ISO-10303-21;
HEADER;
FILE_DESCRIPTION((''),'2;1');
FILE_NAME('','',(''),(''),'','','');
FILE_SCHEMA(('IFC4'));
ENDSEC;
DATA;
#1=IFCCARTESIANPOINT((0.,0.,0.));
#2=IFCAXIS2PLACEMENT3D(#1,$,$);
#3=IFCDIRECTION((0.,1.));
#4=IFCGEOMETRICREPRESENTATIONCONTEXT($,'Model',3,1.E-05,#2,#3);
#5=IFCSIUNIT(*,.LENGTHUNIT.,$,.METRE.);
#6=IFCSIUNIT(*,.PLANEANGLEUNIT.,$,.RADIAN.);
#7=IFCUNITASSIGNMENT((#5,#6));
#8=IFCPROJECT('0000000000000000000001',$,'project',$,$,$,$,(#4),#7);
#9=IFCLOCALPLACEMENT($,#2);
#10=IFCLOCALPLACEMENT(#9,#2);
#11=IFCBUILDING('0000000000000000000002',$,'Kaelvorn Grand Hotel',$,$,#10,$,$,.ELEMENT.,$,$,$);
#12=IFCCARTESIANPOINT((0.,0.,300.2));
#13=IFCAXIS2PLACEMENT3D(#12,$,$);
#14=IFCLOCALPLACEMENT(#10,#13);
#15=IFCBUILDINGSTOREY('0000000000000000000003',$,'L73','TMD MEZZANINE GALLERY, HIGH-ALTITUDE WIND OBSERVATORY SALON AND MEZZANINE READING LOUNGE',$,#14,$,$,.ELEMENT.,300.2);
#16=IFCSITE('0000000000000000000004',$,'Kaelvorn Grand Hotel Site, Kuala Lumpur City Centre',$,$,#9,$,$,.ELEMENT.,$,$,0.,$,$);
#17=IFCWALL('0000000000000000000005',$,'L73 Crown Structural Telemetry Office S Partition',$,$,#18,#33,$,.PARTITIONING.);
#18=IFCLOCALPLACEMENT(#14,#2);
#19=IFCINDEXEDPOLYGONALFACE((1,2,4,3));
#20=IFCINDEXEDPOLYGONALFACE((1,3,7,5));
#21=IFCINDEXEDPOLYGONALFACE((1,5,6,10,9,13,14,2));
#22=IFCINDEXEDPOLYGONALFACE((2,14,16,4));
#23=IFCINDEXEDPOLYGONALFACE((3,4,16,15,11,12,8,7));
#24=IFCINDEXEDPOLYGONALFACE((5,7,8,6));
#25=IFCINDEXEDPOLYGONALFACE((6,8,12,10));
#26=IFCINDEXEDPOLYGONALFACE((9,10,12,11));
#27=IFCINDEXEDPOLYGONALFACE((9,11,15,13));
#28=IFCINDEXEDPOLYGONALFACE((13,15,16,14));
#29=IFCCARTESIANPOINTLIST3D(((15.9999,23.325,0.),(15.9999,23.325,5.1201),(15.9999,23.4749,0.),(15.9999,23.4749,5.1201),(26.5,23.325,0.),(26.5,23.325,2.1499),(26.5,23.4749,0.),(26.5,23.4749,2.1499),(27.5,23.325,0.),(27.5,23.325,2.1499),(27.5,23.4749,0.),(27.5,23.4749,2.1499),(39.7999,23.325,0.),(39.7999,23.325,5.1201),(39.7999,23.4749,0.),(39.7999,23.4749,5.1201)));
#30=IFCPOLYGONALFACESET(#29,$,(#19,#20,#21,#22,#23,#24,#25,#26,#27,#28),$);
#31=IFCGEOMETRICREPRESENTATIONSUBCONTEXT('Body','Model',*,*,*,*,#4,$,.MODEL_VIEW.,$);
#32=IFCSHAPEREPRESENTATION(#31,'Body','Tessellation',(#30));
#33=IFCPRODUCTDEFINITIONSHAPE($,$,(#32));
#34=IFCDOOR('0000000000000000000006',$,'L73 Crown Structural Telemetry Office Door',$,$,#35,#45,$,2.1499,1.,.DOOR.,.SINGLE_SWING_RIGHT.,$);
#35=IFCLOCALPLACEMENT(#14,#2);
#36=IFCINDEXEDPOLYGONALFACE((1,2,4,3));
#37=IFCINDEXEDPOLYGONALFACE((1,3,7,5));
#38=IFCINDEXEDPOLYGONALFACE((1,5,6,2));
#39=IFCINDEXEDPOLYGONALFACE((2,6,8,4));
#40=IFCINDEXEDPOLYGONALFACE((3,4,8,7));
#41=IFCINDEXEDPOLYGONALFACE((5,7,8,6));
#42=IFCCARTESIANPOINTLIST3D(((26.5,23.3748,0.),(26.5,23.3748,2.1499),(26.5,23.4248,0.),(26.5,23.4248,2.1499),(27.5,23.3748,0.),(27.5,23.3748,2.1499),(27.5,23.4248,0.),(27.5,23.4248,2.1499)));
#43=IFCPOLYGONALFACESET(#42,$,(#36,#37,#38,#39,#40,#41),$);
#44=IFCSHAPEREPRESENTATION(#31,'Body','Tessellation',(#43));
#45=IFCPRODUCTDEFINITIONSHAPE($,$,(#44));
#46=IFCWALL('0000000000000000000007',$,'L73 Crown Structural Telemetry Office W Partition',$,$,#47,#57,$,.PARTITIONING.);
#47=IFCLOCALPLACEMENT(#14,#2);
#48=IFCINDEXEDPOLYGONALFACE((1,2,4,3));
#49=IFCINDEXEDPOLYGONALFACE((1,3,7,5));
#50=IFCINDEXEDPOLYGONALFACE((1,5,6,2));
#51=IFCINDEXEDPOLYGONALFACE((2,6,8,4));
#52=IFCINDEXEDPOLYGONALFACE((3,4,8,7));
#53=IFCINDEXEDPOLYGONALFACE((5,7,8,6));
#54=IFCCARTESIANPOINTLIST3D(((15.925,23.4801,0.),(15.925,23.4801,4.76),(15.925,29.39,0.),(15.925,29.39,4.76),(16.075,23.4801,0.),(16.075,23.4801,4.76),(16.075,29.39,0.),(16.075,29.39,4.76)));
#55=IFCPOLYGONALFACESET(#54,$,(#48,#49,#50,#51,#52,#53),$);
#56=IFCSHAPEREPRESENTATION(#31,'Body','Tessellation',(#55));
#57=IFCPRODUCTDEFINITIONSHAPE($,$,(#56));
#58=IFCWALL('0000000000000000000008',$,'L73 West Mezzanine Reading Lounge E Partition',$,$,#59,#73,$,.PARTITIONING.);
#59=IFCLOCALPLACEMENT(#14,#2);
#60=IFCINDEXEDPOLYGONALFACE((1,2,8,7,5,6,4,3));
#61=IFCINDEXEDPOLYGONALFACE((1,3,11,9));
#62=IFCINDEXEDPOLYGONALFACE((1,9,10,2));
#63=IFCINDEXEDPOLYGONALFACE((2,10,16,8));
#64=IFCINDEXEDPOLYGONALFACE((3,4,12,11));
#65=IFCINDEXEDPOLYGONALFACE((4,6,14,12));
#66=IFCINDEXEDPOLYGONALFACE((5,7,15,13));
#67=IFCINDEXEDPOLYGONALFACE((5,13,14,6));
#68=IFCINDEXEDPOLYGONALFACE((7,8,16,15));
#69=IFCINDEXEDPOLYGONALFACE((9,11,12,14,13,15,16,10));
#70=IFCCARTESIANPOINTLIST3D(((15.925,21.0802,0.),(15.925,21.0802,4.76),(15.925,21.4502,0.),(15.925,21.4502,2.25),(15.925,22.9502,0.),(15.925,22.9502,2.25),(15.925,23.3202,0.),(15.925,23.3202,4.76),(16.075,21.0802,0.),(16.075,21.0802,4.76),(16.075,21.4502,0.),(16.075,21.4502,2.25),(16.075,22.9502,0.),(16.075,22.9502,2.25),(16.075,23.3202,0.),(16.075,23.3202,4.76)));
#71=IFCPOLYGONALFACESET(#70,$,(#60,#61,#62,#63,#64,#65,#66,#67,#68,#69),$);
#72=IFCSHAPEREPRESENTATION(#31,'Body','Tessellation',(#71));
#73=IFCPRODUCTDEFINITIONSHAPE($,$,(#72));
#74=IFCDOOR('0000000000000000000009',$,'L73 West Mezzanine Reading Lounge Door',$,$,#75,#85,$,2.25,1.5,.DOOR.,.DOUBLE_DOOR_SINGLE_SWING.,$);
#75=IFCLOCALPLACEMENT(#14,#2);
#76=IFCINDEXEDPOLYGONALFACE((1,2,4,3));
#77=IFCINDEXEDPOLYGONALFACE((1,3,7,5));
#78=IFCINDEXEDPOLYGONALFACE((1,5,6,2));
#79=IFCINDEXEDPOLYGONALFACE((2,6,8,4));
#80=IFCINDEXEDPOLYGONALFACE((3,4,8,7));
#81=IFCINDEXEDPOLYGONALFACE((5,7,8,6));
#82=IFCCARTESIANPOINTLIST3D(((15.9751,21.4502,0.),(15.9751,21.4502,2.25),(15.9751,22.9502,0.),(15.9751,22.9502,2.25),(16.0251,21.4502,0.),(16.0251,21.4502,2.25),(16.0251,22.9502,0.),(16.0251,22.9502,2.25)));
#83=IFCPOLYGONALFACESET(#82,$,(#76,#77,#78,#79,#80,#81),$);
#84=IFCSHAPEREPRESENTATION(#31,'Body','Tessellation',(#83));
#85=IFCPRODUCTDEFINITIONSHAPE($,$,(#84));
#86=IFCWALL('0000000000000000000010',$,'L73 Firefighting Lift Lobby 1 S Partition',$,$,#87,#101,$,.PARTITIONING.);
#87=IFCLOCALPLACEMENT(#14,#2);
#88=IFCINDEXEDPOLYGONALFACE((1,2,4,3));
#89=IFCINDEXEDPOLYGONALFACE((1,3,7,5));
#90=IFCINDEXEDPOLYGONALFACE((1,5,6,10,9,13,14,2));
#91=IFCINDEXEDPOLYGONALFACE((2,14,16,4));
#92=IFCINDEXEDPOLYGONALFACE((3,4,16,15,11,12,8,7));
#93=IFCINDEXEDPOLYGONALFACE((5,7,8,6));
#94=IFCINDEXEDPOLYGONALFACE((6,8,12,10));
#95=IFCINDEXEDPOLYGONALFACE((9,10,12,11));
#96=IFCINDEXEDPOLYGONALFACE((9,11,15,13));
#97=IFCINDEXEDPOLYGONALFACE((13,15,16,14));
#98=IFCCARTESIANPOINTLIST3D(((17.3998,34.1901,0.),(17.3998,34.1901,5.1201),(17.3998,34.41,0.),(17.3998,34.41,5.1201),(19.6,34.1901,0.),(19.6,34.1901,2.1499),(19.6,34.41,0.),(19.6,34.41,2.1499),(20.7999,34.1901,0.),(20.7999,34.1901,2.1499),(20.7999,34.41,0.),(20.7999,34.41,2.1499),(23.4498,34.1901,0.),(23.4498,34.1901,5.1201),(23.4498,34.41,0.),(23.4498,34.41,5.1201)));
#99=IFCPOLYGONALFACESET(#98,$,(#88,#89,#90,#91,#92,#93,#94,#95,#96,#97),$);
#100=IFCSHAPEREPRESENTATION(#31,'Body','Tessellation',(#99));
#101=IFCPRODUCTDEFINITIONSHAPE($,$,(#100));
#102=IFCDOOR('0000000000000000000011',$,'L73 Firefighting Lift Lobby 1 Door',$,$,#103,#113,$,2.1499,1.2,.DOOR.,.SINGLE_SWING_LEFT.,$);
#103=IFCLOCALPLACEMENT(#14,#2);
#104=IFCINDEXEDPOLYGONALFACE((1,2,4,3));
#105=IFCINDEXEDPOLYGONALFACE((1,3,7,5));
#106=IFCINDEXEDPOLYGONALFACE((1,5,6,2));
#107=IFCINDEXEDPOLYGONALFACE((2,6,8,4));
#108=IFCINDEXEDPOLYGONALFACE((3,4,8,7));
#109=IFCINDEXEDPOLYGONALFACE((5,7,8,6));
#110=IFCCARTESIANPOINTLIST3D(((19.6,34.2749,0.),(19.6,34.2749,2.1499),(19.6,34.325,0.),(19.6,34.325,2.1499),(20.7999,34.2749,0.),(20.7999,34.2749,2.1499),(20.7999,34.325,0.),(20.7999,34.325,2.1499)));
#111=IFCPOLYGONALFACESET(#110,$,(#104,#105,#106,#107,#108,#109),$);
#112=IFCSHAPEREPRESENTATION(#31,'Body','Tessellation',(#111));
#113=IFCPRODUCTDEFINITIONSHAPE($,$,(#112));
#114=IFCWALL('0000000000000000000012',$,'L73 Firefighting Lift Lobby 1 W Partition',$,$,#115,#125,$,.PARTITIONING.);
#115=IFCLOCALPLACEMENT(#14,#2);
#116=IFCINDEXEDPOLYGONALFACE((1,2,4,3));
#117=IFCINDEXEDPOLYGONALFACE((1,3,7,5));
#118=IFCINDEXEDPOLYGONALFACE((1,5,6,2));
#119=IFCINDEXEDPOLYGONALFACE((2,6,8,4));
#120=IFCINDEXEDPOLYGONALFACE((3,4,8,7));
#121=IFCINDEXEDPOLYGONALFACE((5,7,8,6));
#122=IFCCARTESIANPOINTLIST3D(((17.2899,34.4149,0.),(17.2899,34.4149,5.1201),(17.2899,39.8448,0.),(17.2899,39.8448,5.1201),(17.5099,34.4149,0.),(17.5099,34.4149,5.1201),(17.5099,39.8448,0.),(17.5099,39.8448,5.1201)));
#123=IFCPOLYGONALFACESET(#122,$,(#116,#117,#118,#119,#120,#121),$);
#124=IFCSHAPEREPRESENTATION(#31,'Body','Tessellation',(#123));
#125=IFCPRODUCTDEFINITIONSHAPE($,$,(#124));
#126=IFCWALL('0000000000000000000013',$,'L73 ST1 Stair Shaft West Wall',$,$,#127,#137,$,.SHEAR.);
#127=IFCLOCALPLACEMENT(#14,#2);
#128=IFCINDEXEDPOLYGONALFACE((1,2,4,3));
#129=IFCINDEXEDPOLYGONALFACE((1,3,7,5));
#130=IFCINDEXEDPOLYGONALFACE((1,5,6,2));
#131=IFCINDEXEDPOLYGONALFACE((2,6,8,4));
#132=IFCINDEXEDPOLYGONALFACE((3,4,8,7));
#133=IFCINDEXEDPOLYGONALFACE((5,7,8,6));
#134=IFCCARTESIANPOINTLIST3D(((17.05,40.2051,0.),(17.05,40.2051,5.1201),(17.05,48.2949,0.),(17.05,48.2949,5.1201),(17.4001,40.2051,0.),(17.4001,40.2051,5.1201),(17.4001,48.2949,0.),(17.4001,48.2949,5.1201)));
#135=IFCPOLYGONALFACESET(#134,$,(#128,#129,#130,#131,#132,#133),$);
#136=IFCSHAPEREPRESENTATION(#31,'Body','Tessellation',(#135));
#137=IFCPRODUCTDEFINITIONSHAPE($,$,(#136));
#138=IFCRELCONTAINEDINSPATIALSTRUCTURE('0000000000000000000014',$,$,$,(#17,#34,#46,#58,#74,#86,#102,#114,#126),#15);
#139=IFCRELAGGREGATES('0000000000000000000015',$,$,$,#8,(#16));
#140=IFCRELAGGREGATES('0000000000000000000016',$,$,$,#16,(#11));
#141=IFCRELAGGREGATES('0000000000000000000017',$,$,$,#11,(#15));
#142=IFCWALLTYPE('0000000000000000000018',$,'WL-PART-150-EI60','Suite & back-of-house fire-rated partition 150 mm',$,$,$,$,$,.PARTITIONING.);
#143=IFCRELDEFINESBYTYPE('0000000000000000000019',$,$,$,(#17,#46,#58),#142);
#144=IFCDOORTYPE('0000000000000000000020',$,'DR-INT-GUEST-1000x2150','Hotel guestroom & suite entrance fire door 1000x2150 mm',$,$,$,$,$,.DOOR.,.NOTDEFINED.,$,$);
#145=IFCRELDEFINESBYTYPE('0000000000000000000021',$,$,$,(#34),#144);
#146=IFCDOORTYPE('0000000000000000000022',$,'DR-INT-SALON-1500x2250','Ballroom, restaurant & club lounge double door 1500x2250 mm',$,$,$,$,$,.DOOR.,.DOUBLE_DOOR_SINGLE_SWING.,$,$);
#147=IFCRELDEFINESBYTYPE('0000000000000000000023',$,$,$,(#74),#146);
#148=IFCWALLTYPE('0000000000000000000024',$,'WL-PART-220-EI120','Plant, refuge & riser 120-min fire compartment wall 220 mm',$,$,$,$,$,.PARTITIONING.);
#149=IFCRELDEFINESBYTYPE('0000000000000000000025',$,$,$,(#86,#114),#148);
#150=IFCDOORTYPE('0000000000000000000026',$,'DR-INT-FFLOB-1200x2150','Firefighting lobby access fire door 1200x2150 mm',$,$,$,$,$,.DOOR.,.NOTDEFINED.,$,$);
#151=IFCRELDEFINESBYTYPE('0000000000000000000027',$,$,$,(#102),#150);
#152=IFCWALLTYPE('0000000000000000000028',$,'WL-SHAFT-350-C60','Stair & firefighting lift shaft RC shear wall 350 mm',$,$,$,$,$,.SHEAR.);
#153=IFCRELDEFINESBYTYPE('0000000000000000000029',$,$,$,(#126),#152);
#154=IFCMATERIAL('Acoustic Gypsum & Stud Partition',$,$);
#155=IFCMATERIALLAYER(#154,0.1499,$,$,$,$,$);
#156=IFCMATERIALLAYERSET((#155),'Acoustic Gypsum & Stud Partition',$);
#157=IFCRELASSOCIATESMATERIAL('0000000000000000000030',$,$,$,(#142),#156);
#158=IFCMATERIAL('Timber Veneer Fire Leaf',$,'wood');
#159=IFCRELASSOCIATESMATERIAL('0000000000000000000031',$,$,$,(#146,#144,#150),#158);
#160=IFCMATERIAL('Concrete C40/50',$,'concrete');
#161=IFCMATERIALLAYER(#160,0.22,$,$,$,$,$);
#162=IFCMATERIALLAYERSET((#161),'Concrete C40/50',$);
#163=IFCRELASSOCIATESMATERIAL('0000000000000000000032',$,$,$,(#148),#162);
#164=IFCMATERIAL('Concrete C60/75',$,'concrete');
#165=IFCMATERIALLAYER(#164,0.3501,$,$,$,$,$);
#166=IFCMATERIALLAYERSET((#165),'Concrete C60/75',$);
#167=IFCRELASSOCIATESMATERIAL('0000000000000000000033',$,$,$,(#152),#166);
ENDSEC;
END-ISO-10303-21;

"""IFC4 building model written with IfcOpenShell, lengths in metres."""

from ifc_helpers import new_model, si_unit, direction, frame, frame_2d, origin, place, context, subcontext, project, spatial, rectangle, extrude, material, layer, layer_set, type_object, element, fill, save


model = new_model("IFC4")

# Units and contexts
model_context = context("Model", 3, precision=1e-05, world=origin(), true_north=direction((0.0, 1.0)))
body_context = subcontext(model_context, "Body", "Model", "MODEL_VIEW")
ifc_project = project(units=[si_unit("LENGTHUNIT", "METRE"), si_unit("PLANEANGLEUNIT", "RADIAN")], contexts=[model_context])

# Site, building, storey
site_placement = place(None, origin())
site = spatial("IfcSite", under=ifc_project, at=site_placement, Name="Kaelvorn Grand Hotel Site, Kuala Lumpur City Centre", CompositionType="ELEMENT", RefElevation=0.0)
building_placement = place(site_placement, origin())
building = spatial("IfcBuilding", under=site, at=building_placement, Name="Kaelvorn Grand Hotel", CompositionType="ELEMENT")
storey_placement = place(building_placement, frame((0.0, 0.0, 300.2)))
storey = spatial("IfcBuildingStorey", under=building, at=storey_placement, Name="L73", Description="TMD MEZZANINE GALLERY, HIGH-ALTITUDE WIND OBSERVATORY SALON AND MEZZANINE READING LOUNGE", CompositionType="ELEMENT", Elevation=300.2)

# Wall, opening, door
ifc_material_1 = material(Name="Acoustic Gypsum & Stud Partition")
ifc_layer_1 = layer(ifc_material_1, 0.1499)
ifc_layer_set_1 = layer_set([ifc_layer_1], Name="Acoustic Gypsum & Stud Partition")
wall_type_1 = type_object("IfcWallType", Name="WL-PART-150-EI60", Description="Suite & back-of-house fire-rated partition 150 mm", PredefinedType="PARTITIONING", material=ifc_layer_set_1)
ifc_material_2 = material(Name="Timber Veneer Fire Leaf", Category="wood")
door_type_1 = type_object("IfcDoorType", Name="DR-INT-SALON-1500x2250", Description="Ballroom, restaurant & club lounge double door 1500x2250 mm", OperationType="DOUBLE_DOOR_SINGLE_SWING", PredefinedType="DOOR", material=ifc_material_2)
wall_1_placement = place(storey_placement, frame((16.0, 23.3999, 0.0), z_axis=(0.0, 0.0, 1.0), x_axis=(1.0, 0.0, 0.0)))
wall_1 = element("IfcWall", 1, at=wall_1_placement, inside=storey, type_object=wall_type_1, Name="L73 Crown Structural Telemetry Office S Partition", PredefinedType="PARTITIONING", context=body_context, shape_type="SweptSolid", body=[
    extrude(rectangle(XDim=23.8, YDim=0.1499, at=frame_2d((11.8999, 0.0))), origin(), (0.0, 0.0, 1.0), 5.1201),
])
opening_1_placement = place(wall_1_placement, frame((10.5, 0.0, 0.0)))
opening_1 = element("IfcOpeningElement", 2, at=opening_1_placement, cuts=wall_1, PredefinedType="OPENING", context=body_context, shape_type="SweptSolid", body=[
    extrude(rectangle(XDim=1.0, YDim=2.1499, at=frame_2d((0.5, 1.075))), frame((0.0, 0.085, 0.0), z_axis=(0.0, -1.0, 0.0), x_axis=(1.0, 0.0, 0.0)), (0.0, 0.0, 1.0), 0.1699),
])
door_type_2 = type_object("IfcDoorType", Name="DR-INT-GUEST-1000x2150", Description="Hotel guestroom & suite entrance fire door 1000x2150 mm", OperationType="NOTDEFINED", PredefinedType="DOOR", material=ifc_material_2)
door_1_placement = place(opening_1_placement, origin())
door_1 = element("IfcDoor", 3, at=door_1_placement, inside=storey, type_object=door_type_2, Name="L73 Crown Structural Telemetry Office Door", OperationType="SINGLE_SWING_RIGHT", OverallHeight=2.1499, OverallWidth=1.0, PredefinedType="DOOR", context=body_context, shape_type="SweptSolid", body=[
    extrude(rectangle(XDim=1.0, YDim=2.1499, at=frame_2d((0.5, 1.075))), frame((0.0, 0.0249, 0.0), z_axis=(0.0, -1.0, 0.0), x_axis=(1.0, 0.0, 0.0)), (0.0, 0.0, 1.0), 0.05),
])
fill(opening_1, door_1)

# Wall
wall_2_placement = place(storey_placement, frame((16.0, 23.48, 0.0), z_axis=(0.0, 0.0, 1.0), x_axis=(0.0, 1.0, 0.0)))
element("IfcWall", 4, at=wall_2_placement, inside=storey, type_object=wall_type_1, Name="L73 Crown Structural Telemetry Office W Partition", PredefinedType="PARTITIONING", context=body_context, shape_type="SweptSolid", body=[
    extrude(rectangle(XDim=5.9099, YDim=0.1499, at=frame_2d((2.9551, 0.0))), origin(), (0.0, 0.0, 1.0), 4.76),
])

# Walls, openings, doors
wall_3_placement = place(storey_placement, frame((16.0, 21.0801, 0.0), z_axis=(0.0, 0.0, 1.0), x_axis=(0.0, 1.0, 0.0)))
wall_3 = element("IfcWall", 5, at=wall_3_placement, inside=storey, type_object=wall_type_1, Name="L73 West Mezzanine Reading Lounge E Partition", PredefinedType="PARTITIONING", context=body_context, shape_type="SweptSolid", body=[
    extrude(rectangle(XDim=2.24, YDim=0.1499, at=frame_2d((1.1201, 0.0))), origin(), (0.0, 0.0, 1.0), 4.76),
])
opening_2_placement = place(wall_3_placement, frame((0.3701, 0.0, 0.0)))
opening_2 = element("IfcOpeningElement", 6, at=opening_2_placement, cuts=wall_3, PredefinedType="OPENING", context=body_context, shape_type="SweptSolid", body=[
    extrude(rectangle(XDim=1.5, YDim=2.25, at=frame_2d((0.75, 1.125))), frame((0.0, 0.085, 0.0), z_axis=(0.0, -1.0, 0.0), x_axis=(1.0, 0.0, 0.0)), (0.0, 0.0, 1.0), 0.1699),
])
door_2_placement = place(opening_2_placement, origin())
door_2 = element("IfcDoor", 7, at=door_2_placement, inside=storey, type_object=door_type_1, Name="L73 West Mezzanine Reading Lounge Door", OperationType="DOUBLE_DOOR_SINGLE_SWING", OverallHeight=2.25, OverallWidth=1.5, PredefinedType="DOOR", context=body_context, shape_type="SweptSolid", body=[
    extrude(rectangle(XDim=1.5, YDim=2.25, at=frame_2d((0.75, 1.125))), frame((0.0, 0.0249, 0.0), z_axis=(0.0, -1.0, 0.0), x_axis=(1.0, 0.0, 0.0)), (0.0, 0.0, 1.0), 0.05),
])
fill(opening_2, door_2)
ifc_material_3 = material(Name="Concrete C40/50", Category="concrete")
ifc_layer_2 = layer(ifc_material_3, 0.22)
ifc_layer_set_2 = layer_set([ifc_layer_2], Name="Concrete C40/50")
wall_type_2 = type_object("IfcWallType", Name="WL-PART-220-EI120", Description="Plant, refuge & riser 120-min fire compartment wall 220 mm", PredefinedType="PARTITIONING", material=ifc_layer_set_2)
wall_4_placement = place(storey_placement, frame((17.3999, 34.3, 0.0), z_axis=(0.0, 0.0, 1.0), x_axis=(1.0, 0.0, 0.0)))
wall_4 = element("IfcWall", 8, at=wall_4_placement, inside=storey, type_object=wall_type_2, Name="L73 Firefighting Lift Lobby 1 S Partition", PredefinedType="PARTITIONING", context=body_context, shape_type="SweptSolid", body=[
    extrude(rectangle(XDim=6.05, YDim=0.22, at=frame_2d((3.0249, 0.0))), origin(), (0.0, 0.0, 1.0), 5.1201),
])
opening_3_placement = place(wall_4_placement, frame((2.2, 0.0, 0.0)))
opening_3 = element("IfcOpeningElement", 9, at=opening_3_placement, cuts=wall_4, PredefinedType="OPENING", context=body_context, shape_type="SweptSolid", body=[
    extrude(rectangle(XDim=1.2, YDim=2.1499, at=frame_2d((0.6001, 1.075))), frame((0.0, 0.1201, 0.0), z_axis=(0.0, -1.0, 0.0), x_axis=(1.0, 0.0, 0.0)), (0.0, 0.0, 1.0), 0.24),
])
door_type_3 = type_object("IfcDoorType", Name="DR-INT-FFLOB-1200x2150", Description="Firefighting lobby access fire door 1200x2150 mm", OperationType="NOTDEFINED", PredefinedType="DOOR", material=ifc_material_2)
door_3_placement = place(opening_3_placement, origin())
door_3 = element("IfcDoor", 10, at=door_3_placement, inside=storey, type_object=door_type_3, Name="L73 Firefighting Lift Lobby 1 Door", OperationType="SINGLE_SWING_LEFT", OverallHeight=2.1499, OverallWidth=1.2, PredefinedType="DOOR", context=body_context, shape_type="SweptSolid", body=[
    extrude(rectangle(XDim=1.2, YDim=2.1499, at=frame_2d((0.6001, 1.075))), frame((0.0, 0.0249, 0.0), z_axis=(0.0, -1.0, 0.0), x_axis=(1.0, 0.0, 0.0)), (0.0, 0.0, 1.0), 0.05),
])
fill(opening_3, door_3)

# Wall
wall_5_placement = place(storey_placement, frame((17.3999, 34.415, 0.0), z_axis=(0.0, 0.0, 1.0), x_axis=(0.0, 1.0, 0.0)))
element("IfcWall", 11, at=wall_5_placement, inside=storey, type_object=wall_type_2, Name="L73 Firefighting Lift Lobby 1 W Partition", PredefinedType="PARTITIONING", context=body_context, shape_type="SweptSolid", body=[
    extrude(rectangle(XDim=5.4299, YDim=0.22, at=frame_2d((2.7148, 0.0))), origin(), (0.0, 0.0, 1.0), 5.1201),
])

# Shared definitions
ifc_material_4 = material(Name="Concrete C60/75", Category="concrete")
ifc_layer_3 = layer(ifc_material_4, 0.3501)
ifc_layer_set_3 = layer_set([ifc_layer_3], Name="Concrete C60/75")
wall_type_3 = type_object("IfcWallType", Name="WL-SHAFT-350-C60", Description="Stair & firefighting lift shaft RC shear wall 350 mm", PredefinedType="SHEAR", material=ifc_layer_set_3)

# Wall
wall_6_placement = place(storey_placement, frame((17.2251, 40.2051, 0.0), z_axis=(0.0, 0.0, 1.0), x_axis=(0.0, 1.0, 0.0)))
element("IfcWall", 12, at=wall_6_placement, inside=storey, type_object=wall_type_3, Name="L73 ST1 Stair Shaft West Wall", PredefinedType="SHEAR", context=body_context, shape_type="SweptSolid", body=[
    extrude(rectangle(XDim=8.0898, YDim=0.3501, at=frame_2d((4.0449, 0.0))), origin(), (0.0, 0.0, 1.0), 5.1201),
])

save(model, "model.ifc")
